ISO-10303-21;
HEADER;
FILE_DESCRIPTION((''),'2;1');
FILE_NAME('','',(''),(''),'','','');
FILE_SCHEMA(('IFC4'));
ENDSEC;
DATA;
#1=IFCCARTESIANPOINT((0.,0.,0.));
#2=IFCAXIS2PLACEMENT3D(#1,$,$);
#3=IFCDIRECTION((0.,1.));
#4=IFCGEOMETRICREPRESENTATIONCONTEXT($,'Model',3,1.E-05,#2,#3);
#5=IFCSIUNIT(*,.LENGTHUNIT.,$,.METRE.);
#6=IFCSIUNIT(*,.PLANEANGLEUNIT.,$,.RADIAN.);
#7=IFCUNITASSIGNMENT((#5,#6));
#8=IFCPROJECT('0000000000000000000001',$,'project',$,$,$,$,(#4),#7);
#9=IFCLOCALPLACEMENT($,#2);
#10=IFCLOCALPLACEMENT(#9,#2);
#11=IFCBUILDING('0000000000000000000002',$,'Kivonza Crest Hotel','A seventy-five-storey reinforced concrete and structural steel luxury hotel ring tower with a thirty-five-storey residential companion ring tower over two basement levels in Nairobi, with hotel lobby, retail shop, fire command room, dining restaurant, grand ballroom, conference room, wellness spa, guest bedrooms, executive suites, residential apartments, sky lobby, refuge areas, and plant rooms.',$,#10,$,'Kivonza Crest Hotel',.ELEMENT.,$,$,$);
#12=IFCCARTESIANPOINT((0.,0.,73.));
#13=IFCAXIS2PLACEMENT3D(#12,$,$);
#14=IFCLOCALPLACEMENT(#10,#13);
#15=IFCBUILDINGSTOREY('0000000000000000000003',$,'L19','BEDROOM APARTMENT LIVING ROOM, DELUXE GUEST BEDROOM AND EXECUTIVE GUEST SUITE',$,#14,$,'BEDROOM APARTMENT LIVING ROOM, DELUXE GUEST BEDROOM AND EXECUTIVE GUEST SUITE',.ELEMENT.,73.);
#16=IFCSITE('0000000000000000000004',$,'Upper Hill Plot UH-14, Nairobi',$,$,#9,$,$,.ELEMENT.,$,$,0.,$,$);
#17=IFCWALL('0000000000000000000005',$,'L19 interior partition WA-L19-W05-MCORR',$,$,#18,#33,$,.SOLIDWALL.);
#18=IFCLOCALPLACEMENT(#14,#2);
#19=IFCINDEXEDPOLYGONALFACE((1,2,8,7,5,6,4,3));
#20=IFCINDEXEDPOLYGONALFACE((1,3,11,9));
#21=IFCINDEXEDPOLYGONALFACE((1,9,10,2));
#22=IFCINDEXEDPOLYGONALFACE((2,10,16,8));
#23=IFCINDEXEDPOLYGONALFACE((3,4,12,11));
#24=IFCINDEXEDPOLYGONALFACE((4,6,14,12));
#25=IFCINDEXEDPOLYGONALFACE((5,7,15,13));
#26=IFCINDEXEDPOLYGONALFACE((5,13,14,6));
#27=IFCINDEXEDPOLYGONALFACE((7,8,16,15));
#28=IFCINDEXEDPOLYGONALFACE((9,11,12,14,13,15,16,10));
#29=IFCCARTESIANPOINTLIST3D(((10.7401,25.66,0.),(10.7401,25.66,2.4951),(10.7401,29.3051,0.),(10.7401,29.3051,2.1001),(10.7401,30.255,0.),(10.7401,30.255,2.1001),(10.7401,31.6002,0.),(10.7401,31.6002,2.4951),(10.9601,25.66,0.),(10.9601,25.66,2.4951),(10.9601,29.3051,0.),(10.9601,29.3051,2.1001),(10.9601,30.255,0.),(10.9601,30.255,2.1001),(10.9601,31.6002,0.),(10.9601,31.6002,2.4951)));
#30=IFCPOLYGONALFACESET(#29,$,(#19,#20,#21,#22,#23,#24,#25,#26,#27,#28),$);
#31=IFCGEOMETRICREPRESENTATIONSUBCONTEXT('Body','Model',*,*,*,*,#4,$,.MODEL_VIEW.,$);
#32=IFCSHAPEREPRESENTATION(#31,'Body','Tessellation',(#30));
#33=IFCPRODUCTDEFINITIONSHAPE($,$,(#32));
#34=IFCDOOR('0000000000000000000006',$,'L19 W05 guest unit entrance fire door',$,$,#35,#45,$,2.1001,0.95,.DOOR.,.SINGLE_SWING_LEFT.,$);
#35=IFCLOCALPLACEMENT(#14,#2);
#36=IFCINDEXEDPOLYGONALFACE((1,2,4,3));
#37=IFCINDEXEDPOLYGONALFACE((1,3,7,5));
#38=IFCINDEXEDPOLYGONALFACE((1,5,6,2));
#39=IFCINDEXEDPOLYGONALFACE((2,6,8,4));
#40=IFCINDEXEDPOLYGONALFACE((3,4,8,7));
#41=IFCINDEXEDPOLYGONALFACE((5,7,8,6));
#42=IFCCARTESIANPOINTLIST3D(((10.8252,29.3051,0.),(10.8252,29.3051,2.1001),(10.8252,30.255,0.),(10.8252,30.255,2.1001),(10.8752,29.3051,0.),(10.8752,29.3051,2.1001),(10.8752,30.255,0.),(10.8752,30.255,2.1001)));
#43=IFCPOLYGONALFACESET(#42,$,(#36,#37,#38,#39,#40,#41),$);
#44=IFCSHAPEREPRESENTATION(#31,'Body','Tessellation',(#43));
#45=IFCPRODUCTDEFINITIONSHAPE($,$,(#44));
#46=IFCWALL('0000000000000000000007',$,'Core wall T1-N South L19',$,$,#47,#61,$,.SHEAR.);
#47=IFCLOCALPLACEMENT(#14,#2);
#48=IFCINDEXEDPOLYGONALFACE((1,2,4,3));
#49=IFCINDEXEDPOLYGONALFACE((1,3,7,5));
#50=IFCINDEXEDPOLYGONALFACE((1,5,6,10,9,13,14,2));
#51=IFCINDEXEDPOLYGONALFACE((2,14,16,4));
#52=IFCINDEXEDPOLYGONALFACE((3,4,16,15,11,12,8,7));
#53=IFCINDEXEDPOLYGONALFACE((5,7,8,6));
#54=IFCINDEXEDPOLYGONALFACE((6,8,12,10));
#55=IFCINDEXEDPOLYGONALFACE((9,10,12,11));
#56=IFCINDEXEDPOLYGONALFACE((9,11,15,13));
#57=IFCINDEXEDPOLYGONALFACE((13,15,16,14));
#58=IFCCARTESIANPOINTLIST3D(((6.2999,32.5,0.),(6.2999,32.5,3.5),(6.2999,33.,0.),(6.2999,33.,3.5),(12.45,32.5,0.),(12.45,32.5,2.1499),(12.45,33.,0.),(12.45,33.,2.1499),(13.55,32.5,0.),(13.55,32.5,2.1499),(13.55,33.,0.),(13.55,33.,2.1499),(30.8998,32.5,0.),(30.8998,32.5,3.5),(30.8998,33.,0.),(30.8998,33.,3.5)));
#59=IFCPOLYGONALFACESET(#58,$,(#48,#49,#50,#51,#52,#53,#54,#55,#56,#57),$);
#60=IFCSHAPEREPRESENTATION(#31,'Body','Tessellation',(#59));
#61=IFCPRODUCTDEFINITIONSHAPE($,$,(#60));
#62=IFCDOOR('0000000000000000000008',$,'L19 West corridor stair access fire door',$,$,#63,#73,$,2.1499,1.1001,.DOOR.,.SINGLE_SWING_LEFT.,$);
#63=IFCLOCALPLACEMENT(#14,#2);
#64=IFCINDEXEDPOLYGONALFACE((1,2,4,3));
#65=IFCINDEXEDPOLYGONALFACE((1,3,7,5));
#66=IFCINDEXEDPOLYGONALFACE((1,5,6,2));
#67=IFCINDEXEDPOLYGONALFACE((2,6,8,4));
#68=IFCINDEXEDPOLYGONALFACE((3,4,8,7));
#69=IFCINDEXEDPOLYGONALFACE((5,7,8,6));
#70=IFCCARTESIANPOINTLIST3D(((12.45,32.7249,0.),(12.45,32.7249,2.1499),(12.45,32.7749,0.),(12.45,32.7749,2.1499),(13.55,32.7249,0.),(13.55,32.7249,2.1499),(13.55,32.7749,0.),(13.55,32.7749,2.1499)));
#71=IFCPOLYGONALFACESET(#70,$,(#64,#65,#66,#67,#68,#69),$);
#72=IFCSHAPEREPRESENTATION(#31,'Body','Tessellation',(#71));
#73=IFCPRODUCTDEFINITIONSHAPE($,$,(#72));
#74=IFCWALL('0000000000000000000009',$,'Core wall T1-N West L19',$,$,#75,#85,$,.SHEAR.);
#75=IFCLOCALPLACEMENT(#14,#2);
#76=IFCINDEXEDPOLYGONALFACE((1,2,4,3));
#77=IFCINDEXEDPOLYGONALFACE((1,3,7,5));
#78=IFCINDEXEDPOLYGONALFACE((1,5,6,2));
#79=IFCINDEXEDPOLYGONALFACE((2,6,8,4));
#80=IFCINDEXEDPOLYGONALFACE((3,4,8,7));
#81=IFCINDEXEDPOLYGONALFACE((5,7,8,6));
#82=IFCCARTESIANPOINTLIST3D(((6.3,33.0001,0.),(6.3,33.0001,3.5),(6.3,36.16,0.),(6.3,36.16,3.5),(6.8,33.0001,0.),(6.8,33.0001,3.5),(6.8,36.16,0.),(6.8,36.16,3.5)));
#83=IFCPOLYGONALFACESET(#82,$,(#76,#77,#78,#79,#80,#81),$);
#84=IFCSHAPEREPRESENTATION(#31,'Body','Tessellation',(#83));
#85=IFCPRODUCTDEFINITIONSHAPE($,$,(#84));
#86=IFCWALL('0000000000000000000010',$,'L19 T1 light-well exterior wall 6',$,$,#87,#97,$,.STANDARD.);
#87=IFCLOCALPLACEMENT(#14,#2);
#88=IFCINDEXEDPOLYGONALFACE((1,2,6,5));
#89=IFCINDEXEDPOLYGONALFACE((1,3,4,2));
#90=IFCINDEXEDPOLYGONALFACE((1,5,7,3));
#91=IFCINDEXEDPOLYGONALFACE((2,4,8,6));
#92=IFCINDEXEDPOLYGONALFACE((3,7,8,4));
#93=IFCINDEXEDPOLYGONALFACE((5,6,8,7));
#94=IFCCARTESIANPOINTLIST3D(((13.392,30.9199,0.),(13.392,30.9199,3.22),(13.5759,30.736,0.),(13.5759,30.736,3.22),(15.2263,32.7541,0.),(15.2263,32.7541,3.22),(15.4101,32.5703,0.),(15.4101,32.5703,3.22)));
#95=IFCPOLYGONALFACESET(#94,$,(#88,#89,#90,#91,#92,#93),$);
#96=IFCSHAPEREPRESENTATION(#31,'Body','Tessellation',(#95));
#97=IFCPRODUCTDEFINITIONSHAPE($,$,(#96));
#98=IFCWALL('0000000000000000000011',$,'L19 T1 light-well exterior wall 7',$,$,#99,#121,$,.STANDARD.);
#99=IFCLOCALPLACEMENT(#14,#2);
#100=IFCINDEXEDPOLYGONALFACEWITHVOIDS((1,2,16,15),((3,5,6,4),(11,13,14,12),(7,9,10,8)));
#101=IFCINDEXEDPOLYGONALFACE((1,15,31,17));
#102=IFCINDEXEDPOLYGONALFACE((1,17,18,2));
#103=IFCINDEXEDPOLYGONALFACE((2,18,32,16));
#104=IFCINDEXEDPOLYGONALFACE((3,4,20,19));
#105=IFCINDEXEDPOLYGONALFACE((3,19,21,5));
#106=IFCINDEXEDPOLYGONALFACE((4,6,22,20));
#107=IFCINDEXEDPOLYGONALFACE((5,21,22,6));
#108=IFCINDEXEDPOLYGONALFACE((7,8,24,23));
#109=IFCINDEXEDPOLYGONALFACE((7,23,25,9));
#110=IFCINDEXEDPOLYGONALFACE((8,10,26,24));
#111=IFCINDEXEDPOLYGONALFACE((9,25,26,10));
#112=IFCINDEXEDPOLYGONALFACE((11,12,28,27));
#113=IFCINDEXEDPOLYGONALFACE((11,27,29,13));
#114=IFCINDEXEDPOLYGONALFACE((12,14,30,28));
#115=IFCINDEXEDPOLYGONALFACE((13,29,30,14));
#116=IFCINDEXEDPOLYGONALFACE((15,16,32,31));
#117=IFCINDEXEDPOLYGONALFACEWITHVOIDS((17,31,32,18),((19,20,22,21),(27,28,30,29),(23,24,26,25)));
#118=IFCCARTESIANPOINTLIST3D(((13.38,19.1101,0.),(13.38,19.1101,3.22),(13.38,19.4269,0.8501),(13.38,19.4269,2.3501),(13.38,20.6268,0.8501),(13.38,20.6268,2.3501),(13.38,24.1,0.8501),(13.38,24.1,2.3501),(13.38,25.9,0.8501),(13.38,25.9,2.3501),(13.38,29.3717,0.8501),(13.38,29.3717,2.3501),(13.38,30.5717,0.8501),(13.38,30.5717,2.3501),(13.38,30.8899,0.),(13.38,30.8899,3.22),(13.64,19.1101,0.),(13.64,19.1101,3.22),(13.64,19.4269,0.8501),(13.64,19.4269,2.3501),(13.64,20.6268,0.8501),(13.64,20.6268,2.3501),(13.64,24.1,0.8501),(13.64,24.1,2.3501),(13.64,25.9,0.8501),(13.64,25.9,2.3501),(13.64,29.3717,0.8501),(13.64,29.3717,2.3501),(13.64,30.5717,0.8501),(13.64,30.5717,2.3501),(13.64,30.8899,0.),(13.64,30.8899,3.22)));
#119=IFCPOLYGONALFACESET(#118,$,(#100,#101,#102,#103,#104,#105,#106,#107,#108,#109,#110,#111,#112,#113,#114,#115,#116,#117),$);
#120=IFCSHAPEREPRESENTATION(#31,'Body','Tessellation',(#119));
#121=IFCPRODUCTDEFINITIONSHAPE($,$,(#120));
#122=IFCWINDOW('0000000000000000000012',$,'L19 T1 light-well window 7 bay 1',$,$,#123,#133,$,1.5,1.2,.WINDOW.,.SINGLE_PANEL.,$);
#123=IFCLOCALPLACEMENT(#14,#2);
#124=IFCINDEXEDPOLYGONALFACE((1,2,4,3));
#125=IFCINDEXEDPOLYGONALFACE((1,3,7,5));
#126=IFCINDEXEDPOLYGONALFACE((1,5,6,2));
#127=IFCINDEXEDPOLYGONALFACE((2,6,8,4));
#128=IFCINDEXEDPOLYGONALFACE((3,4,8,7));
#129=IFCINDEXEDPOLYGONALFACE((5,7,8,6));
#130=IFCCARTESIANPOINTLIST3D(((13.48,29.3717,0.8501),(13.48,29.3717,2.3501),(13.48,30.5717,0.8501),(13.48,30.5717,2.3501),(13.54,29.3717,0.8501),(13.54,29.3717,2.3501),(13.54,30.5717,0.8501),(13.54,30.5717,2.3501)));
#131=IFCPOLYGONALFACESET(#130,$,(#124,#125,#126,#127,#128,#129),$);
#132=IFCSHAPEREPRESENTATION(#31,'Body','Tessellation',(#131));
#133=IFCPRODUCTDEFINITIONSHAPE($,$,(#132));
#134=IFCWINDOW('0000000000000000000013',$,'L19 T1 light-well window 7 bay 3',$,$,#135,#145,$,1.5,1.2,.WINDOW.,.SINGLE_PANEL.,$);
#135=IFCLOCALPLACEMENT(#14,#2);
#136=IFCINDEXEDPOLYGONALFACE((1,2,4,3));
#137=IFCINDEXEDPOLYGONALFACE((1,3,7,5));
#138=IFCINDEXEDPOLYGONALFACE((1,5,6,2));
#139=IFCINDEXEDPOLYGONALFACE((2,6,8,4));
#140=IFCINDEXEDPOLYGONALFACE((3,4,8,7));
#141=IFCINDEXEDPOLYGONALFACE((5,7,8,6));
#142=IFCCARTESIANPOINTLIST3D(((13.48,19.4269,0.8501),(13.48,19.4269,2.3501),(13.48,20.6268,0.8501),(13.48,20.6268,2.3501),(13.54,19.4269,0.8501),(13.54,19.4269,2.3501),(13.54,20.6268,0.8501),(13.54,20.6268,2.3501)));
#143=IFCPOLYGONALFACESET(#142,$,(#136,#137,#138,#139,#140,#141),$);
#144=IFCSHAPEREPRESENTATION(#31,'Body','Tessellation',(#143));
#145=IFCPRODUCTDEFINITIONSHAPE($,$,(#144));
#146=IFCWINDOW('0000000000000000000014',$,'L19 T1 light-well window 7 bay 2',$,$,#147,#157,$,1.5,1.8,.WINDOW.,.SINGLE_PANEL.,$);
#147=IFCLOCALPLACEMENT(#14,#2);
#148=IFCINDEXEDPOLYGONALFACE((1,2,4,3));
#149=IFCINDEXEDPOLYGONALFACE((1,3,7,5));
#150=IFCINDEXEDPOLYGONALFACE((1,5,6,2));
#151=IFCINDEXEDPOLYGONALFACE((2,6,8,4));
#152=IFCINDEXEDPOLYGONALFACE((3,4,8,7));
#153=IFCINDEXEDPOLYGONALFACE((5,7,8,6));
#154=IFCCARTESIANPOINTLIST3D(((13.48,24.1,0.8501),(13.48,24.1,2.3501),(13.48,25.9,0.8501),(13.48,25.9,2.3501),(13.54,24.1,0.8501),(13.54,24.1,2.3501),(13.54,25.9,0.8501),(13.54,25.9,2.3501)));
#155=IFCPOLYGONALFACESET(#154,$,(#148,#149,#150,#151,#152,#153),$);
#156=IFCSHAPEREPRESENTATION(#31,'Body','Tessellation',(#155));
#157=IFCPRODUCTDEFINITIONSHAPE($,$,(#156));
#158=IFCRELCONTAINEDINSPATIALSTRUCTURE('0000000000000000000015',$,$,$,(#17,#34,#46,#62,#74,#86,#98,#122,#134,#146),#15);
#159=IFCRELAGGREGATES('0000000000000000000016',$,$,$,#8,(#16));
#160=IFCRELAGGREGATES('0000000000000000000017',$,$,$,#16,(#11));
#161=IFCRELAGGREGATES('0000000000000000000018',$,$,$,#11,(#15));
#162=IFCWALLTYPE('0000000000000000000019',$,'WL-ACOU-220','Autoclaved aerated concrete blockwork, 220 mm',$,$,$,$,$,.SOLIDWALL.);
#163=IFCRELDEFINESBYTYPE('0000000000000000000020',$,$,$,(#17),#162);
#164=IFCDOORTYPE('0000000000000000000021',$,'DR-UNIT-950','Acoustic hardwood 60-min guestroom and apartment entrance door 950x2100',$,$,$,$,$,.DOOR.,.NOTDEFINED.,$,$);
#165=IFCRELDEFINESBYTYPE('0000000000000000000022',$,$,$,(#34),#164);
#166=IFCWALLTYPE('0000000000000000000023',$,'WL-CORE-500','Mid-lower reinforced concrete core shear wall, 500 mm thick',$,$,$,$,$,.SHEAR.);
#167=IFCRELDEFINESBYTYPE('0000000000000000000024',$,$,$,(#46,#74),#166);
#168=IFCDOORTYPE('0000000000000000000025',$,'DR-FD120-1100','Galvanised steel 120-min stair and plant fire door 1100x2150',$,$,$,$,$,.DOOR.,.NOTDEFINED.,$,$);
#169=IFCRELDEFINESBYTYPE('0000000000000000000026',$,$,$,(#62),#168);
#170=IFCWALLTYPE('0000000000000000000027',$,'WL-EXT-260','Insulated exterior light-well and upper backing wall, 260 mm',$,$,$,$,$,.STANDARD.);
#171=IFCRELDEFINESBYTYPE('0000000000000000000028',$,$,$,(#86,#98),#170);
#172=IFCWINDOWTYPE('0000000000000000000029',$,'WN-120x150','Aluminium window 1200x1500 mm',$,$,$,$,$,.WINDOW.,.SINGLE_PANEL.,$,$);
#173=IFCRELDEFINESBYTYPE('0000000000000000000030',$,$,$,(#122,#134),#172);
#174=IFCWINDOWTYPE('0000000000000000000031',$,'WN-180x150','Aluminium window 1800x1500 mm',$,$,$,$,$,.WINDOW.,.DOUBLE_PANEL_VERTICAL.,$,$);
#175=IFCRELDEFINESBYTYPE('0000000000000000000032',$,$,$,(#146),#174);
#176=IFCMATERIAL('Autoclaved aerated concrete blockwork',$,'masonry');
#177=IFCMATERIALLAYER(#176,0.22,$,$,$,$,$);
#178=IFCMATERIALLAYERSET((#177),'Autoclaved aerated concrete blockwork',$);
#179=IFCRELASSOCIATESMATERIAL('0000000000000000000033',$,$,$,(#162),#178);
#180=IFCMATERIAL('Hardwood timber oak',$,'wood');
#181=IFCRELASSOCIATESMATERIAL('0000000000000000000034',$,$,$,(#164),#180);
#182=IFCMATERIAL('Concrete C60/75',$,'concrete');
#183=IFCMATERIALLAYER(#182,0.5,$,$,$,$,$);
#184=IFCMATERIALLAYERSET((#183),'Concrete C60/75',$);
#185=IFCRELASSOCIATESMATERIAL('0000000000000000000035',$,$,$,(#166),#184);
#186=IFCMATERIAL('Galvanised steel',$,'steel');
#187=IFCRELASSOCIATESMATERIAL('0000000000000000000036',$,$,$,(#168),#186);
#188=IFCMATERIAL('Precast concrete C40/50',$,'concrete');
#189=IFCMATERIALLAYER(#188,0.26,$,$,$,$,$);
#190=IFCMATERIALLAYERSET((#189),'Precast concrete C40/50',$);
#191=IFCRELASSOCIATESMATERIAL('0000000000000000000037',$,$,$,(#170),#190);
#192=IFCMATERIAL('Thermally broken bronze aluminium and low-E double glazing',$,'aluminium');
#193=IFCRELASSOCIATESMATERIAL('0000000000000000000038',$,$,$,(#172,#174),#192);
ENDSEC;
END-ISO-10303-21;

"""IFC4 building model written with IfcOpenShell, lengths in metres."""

from ifc_helpers import new_model, si_unit, direction, frame, frame_2d, origin, place, context, subcontext, project, spatial, rectangle, extrude, material, layer, layer_set, type_object, element, fill, save


model = new_model("IFC4")

# Units and contexts
model_context = context("Model", 3, precision=1e-05, world=origin(), true_north=direction((0.0, 1.0)))
body_context = subcontext(model_context, "Body", "Model", "MODEL_VIEW")
ifc_project = project(units=[si_unit("LENGTHUNIT", "METRE"), si_unit("PLANEANGLEUNIT", "RADIAN")], contexts=[model_context])

# Site, building, storey
site_placement = place(None, origin())
site = spatial("IfcSite", under=ifc_project, at=site_placement, Name="Upper Hill Plot UH-14, Nairobi", CompositionType="ELEMENT", RefElevation=0.0)
building_placement = place(site_placement, origin())
building = spatial("IfcBuilding", under=site, at=building_placement, Name="Kivonza Crest Hotel", Description="A seventy-five-storey reinforced concrete and structural steel luxury hotel ring tower with a thirty-five-storey residential companion ring tower over two basement levels in Nairobi, with hotel lobby, retail shop, fire command room, dining restaurant, grand ballroom, conference room, wellness spa, guest bedrooms, executive suites, residential apartments, sky lobby, refuge areas, and plant rooms.", LongName="Kivonza Crest Hotel", CompositionType="ELEMENT")
storey_placement = place(building_placement, frame((0.0, 0.0, 73.0)))
storey = spatial("IfcBuildingStorey", under=building, at=storey_placement, Name="L19", Description="BEDROOM APARTMENT LIVING ROOM, DELUXE GUEST BEDROOM AND EXECUTIVE GUEST SUITE", LongName="BEDROOM APARTMENT LIVING ROOM, DELUXE GUEST BEDROOM AND EXECUTIVE GUEST SUITE", CompositionType="ELEMENT", Elevation=73.0)

# Shared definitions
ifc_material_1 = material(Name="Concrete C60/75", Category="concrete")

# Shared definitions
ifc_material_2 = material(Name="Autoclaved aerated concrete blockwork", Category="masonry")
ifc_layer_1 = layer(ifc_material_2, 0.22)
ifc_layer_set_1 = layer_set([ifc_layer_1], Name="Autoclaved aerated concrete blockwork")
wall_type_1 = type_object("IfcWallType", Name="WL-ACOU-220", Description="Autoclaved aerated concrete blockwork, 220 mm", PredefinedType="SOLIDWALL", material=ifc_layer_set_1)

# Walls, openings, doors
wall_1_placement = place(storey_placement, frame((10.8501, 25.6599, 0.0), z_axis=(0.0, 0.0, 1.0), x_axis=(0.0, 1.0, 0.0)))
wall_1 = element("IfcWall", 1, at=wall_1_placement, inside=storey, type_object=wall_type_1, Name="L19 interior partition WA-L19-W05-MCORR", PredefinedType="SOLIDWALL", context=body_context, shape_type="SweptSolid", body=[
    extrude(rectangle(XDim=5.9402, YDim=0.22, at=frame_2d((2.9702, 0.0))), origin(), (0.0, 0.0, 1.0), 2.4951),
])
opening_1_placement = place(wall_1_placement, frame((3.645, 0.0, 0.0)))
opening_1 = element("IfcOpeningElement", 2, at=opening_1_placement, cuts=wall_1, PredefinedType="OPENING", context=body_context, shape_type="SweptSolid", body=[
    extrude(rectangle(XDim=0.95, YDim=2.1001, at=frame_2d((0.4751, 1.05))), frame((0.0, 0.1201, 0.0), z_axis=(0.0, -1.0, 0.0), x_axis=(1.0, 0.0, 0.0)), (0.0, 0.0, 1.0), 0.24),
])
ifc_material_3 = material(Name="Hardwood timber oak", Category="wood")
door_type_1 = type_object("IfcDoorType", Name="DR-UNIT-950", Description="Acoustic hardwood 60-min guestroom and apartment entrance door 950x2100", OperationType="NOTDEFINED", PredefinedType="DOOR", material=ifc_material_3)
door_1_placement = place(opening_1_placement, origin())
door_1 = element("IfcDoor", 3, at=door_1_placement, inside=storey, type_object=door_type_1, Name="L19 W05 guest unit entrance fire door", OperationType="SINGLE_SWING_LEFT", OverallHeight=2.1001, OverallWidth=0.95, PredefinedType="DOOR", context=body_context, shape_type="SweptSolid", body=[
    extrude(rectangle(XDim=0.95, YDim=2.1001, at=frame_2d((0.4751, 1.05))), frame((0.0, 0.0249, 0.0), z_axis=(0.0, -1.0, 0.0), x_axis=(1.0, 0.0, 0.0)), (0.0, 0.0, 1.0), 0.05),
])
fill(opening_1, door_1)
ifc_layer_2 = layer(ifc_material_1, 0.5)
ifc_layer_set_2 = layer_set([ifc_layer_2], Name="Concrete C60/75")
wall_type_2 = type_object("IfcWallType", Name="WL-CORE-500", Description="Mid-lower reinforced concrete core shear wall, 500 mm thick", PredefinedType="SHEAR", material=ifc_layer_set_2)
wall_2_placement = place(storey_placement, frame((6.3, 32.75, 0.0), z_axis=(0.0, 0.0, 1.0), x_axis=(1.0, 0.0, 0.0)))
wall_2 = element("IfcWall", 4, at=wall_2_placement, inside=storey, type_object=wall_type_2, Name="Core wall T1-N South L19", PredefinedType="SHEAR", context=body_context, shape_type="SweptSolid", body=[
    extrude(rectangle(XDim=24.5999, YDim=0.5, at=frame_2d((12.2998, 0.0))), origin(), (0.0, 0.0, 1.0), 3.5),
])
opening_2_placement = place(wall_2_placement, frame((6.1499, 0.0, 0.0)))
opening_2 = element("IfcOpeningElement", 5, at=opening_2_placement, cuts=wall_2, PredefinedType="OPENING", context=body_context, shape_type="SweptSolid", body=[
    extrude(rectangle(XDim=1.1001, YDim=2.1499, at=frame_2d((0.55, 1.075))), frame((0.0, 0.26, 0.0), z_axis=(0.0, -1.0, 0.0), x_axis=(1.0, 0.0, 0.0)), (0.0, 0.0, 1.0), 0.52),
])
ifc_material_4 = material(Name="Galvanised steel", Category="steel")
door_type_2 = type_object("IfcDoorType", Name="DR-FD120-1100", Description="Galvanised steel 120-min stair and plant fire door 1100x2150", OperationType="NOTDEFINED", PredefinedType="DOOR", material=ifc_material_4)
door_2_placement = place(opening_2_placement, origin())
door_2 = element("IfcDoor", 6, at=door_2_placement, inside=storey, type_object=door_type_2, Name="L19 West corridor stair access fire door", OperationType="SINGLE_SWING_LEFT", OverallHeight=2.1499, OverallWidth=1.1001, PredefinedType="DOOR", context=body_context, shape_type="SweptSolid", body=[
    extrude(rectangle(XDim=1.1001, YDim=2.1499, at=frame_2d((0.55, 1.075))), frame((0.0, 0.0249, 0.0), z_axis=(0.0, -1.0, 0.0), x_axis=(1.0, 0.0, 0.0)), (0.0, 0.0, 1.0), 0.05),
])
fill(opening_2, door_2)

# Walls
wall_3_placement = place(storey_placement, frame((6.55, 33.0, 0.0), z_axis=(0.0, 0.0, 1.0), x_axis=(0.0, 1.0, 0.0)))
element("IfcWall", 7, at=wall_3_placement, inside=storey, type_object=wall_type_2, Name="Core wall T1-N West L19", PredefinedType="SHEAR", context=body_context, shape_type="SweptSolid", body=[
    extrude(rectangle(XDim=3.1599, YDim=0.5, at=frame_2d((1.5801, 0.0))), origin(), (0.0, 0.0, 1.0), 3.5),
])
ifc_material_5 = material(Name="Precast concrete C40/50", Category="concrete")
ifc_layer_3 = layer(ifc_material_5, 0.26)
ifc_layer_set_3 = layer_set([ifc_layer_3], Name="Precast concrete C40/50")
wall_type_3 = type_object("IfcWallType", Name="WL-EXT-260", Description="Insulated exterior light-well and upper backing wall, 260 mm", PredefinedType="STANDARD", material=ifc_layer_set_3)
wall_4_placement = place(storey_placement, frame((15.3181, 32.6621, 0.0), z_axis=(0.0, 0.0, 1.0), x_axis=(-0.707107, -0.707107, 0.0)))
element("IfcWall", 8, at=wall_4_placement, inside=storey, type_object=wall_type_3, Name="L19 T1 light-well exterior wall 6", PredefinedType="STANDARD", context=body_context, shape_type="SweptSolid", body=[
    extrude(rectangle(XDim=2.594, YDim=0.26, at=frame_2d((1.2969, 0.0))), origin(), (0.0, 0.0, 1.0), 3.22),
])

# Wall, openings, windows
wall_5_placement = place(storey_placement, frame((13.51, 30.8899, 0.0), z_axis=(0.0, 0.0, 1.0), x_axis=(0.0, -1.0, 0.0)))
wall_5 = element("IfcWall", 9, at=wall_5_placement, inside=storey, type_object=wall_type_3, Name="L19 T1 light-well exterior wall 7", PredefinedType="STANDARD", context=body_context, shape_type="SweptSolid", body=[
    extrude(rectangle(XDim=11.7798, YDim=0.26, at=frame_2d((5.8899, 0.0))), origin(), (0.0, 0.0, 1.0), 3.22),
])
opening_3_placement = place(wall_5_placement, frame((0.3181, 0.0, 0.8501)))
opening_3 = element("IfcOpeningElement", 10, at=opening_3_placement, cuts=wall_5, PredefinedType="OPENING", context=body_context, shape_type="SweptSolid", body=[
    extrude(rectangle(XDim=1.2, YDim=1.5, at=frame_2d((0.6001, 0.75))), frame((0.0, 0.1401, 0.0), z_axis=(0.0, -1.0, 0.0), x_axis=(1.0, 0.0, 0.0)), (0.0, 0.0, 1.0), 0.28),
])
opening_4_placement = place(wall_5_placement, frame((4.99, 0.0, 0.8501)))
opening_4 = element("IfcOpeningElement", 11, at=opening_4_placement, cuts=wall_5, PredefinedType="OPENING", context=body_context, shape_type="SweptSolid", body=[
    extrude(rectangle(XDim=1.8, YDim=1.5, at=frame_2d((0.8999, 0.75))), frame((0.0, 0.1401, 0.0), z_axis=(0.0, -1.0, 0.0), x_axis=(1.0, 0.0, 0.0)), (0.0, 0.0, 1.0), 0.28),
])
opening_5_placement = place(wall_5_placement, frame((10.2629, 0.0, 0.8501)))
opening_5 = element("IfcOpeningElement", 12, at=opening_5_placement, cuts=wall_5, PredefinedType="OPENING", context=body_context, shape_type="SweptSolid", body=[
    extrude(rectangle(XDim=1.2, YDim=1.5, at=frame_2d((0.6001, 0.75))), frame((0.0, 0.1401, 0.0), z_axis=(0.0, -1.0, 0.0), x_axis=(1.0, 0.0, 0.0)), (0.0, 0.0, 1.0), 0.28),
])
ifc_material_6 = material(Name="Thermally broken bronze aluminium and low-E double glazing", Category="aluminium")
window_type_1 = type_object("IfcWindowType", Name="WN-120x150", Description="Aluminium window 1200x1500 mm", PartitioningType="SINGLE_PANEL", PredefinedType="WINDOW", material=ifc_material_6)
window_1_placement = place(opening_3_placement, origin())
window_1 = element("IfcWindow", 13, at=window_1_placement, inside=storey, type_object=window_type_1, Name="L19 T1 light-well window 7 bay 1", OverallHeight=1.5, OverallWidth=1.2, PartitioningType="SINGLE_PANEL", PredefinedType="WINDOW", context=body_context, shape_type="SweptSolid", body=[
    extrude(rectangle(XDim=1.2, YDim=1.5, at=frame_2d((0.6001, 0.75))), frame((0.0, 0.03, 0.0), z_axis=(0.0, -1.0, 0.0), x_axis=(1.0, 0.0, 0.0)), (0.0, 0.0, 1.0), 0.0601),
])
fill(opening_3, window_1)
window_2_placement = place(opening_5_placement, origin())
window_2 = element("IfcWindow", 14, at=window_2_placement, inside=storey, type_object=window_type_1, Name="L19 T1 light-well window 7 bay 3", OverallHeight=1.5, OverallWidth=1.2, PartitioningType="SINGLE_PANEL", PredefinedType="WINDOW", context=body_context, shape_type="SweptSolid", body=[
    extrude(rectangle(XDim=1.2, YDim=1.5, at=frame_2d((0.6001, 0.75))), frame((0.0, 0.03, 0.0), z_axis=(0.0, -1.0, 0.0), x_axis=(1.0, 0.0, 0.0)), (0.0, 0.0, 1.0), 0.0601),
])
fill(opening_5, window_2)
window_type_2 = type_object("IfcWindowType", Name="WN-180x150", Description="Aluminium window 1800x1500 mm", PartitioningType="DOUBLE_PANEL_VERTICAL", PredefinedType="WINDOW", material=ifc_material_6)
window_3_placement = place(opening_4_placement, origin())
window_3 = element("IfcWindow", 15, at=window_3_placement, inside=storey, type_object=window_type_2, Name="L19 T1 light-well window 7 bay 2", OverallHeight=1.5, OverallWidth=1.8, PartitioningType="SINGLE_PANEL", PredefinedType="WINDOW", context=body_context, shape_type="SweptSolid", body=[
    extrude(rectangle(XDim=1.8, YDim=1.5, at=frame_2d((0.8999, 0.75))), frame((0.0, 0.03, 0.0), z_axis=(0.0, -1.0, 0.0), x_axis=(1.0, 0.0, 0.0)), (0.0, 0.0, 1.0), 0.0601),
])
fill(opening_4, window_3)

save(model, "model.ifc")
